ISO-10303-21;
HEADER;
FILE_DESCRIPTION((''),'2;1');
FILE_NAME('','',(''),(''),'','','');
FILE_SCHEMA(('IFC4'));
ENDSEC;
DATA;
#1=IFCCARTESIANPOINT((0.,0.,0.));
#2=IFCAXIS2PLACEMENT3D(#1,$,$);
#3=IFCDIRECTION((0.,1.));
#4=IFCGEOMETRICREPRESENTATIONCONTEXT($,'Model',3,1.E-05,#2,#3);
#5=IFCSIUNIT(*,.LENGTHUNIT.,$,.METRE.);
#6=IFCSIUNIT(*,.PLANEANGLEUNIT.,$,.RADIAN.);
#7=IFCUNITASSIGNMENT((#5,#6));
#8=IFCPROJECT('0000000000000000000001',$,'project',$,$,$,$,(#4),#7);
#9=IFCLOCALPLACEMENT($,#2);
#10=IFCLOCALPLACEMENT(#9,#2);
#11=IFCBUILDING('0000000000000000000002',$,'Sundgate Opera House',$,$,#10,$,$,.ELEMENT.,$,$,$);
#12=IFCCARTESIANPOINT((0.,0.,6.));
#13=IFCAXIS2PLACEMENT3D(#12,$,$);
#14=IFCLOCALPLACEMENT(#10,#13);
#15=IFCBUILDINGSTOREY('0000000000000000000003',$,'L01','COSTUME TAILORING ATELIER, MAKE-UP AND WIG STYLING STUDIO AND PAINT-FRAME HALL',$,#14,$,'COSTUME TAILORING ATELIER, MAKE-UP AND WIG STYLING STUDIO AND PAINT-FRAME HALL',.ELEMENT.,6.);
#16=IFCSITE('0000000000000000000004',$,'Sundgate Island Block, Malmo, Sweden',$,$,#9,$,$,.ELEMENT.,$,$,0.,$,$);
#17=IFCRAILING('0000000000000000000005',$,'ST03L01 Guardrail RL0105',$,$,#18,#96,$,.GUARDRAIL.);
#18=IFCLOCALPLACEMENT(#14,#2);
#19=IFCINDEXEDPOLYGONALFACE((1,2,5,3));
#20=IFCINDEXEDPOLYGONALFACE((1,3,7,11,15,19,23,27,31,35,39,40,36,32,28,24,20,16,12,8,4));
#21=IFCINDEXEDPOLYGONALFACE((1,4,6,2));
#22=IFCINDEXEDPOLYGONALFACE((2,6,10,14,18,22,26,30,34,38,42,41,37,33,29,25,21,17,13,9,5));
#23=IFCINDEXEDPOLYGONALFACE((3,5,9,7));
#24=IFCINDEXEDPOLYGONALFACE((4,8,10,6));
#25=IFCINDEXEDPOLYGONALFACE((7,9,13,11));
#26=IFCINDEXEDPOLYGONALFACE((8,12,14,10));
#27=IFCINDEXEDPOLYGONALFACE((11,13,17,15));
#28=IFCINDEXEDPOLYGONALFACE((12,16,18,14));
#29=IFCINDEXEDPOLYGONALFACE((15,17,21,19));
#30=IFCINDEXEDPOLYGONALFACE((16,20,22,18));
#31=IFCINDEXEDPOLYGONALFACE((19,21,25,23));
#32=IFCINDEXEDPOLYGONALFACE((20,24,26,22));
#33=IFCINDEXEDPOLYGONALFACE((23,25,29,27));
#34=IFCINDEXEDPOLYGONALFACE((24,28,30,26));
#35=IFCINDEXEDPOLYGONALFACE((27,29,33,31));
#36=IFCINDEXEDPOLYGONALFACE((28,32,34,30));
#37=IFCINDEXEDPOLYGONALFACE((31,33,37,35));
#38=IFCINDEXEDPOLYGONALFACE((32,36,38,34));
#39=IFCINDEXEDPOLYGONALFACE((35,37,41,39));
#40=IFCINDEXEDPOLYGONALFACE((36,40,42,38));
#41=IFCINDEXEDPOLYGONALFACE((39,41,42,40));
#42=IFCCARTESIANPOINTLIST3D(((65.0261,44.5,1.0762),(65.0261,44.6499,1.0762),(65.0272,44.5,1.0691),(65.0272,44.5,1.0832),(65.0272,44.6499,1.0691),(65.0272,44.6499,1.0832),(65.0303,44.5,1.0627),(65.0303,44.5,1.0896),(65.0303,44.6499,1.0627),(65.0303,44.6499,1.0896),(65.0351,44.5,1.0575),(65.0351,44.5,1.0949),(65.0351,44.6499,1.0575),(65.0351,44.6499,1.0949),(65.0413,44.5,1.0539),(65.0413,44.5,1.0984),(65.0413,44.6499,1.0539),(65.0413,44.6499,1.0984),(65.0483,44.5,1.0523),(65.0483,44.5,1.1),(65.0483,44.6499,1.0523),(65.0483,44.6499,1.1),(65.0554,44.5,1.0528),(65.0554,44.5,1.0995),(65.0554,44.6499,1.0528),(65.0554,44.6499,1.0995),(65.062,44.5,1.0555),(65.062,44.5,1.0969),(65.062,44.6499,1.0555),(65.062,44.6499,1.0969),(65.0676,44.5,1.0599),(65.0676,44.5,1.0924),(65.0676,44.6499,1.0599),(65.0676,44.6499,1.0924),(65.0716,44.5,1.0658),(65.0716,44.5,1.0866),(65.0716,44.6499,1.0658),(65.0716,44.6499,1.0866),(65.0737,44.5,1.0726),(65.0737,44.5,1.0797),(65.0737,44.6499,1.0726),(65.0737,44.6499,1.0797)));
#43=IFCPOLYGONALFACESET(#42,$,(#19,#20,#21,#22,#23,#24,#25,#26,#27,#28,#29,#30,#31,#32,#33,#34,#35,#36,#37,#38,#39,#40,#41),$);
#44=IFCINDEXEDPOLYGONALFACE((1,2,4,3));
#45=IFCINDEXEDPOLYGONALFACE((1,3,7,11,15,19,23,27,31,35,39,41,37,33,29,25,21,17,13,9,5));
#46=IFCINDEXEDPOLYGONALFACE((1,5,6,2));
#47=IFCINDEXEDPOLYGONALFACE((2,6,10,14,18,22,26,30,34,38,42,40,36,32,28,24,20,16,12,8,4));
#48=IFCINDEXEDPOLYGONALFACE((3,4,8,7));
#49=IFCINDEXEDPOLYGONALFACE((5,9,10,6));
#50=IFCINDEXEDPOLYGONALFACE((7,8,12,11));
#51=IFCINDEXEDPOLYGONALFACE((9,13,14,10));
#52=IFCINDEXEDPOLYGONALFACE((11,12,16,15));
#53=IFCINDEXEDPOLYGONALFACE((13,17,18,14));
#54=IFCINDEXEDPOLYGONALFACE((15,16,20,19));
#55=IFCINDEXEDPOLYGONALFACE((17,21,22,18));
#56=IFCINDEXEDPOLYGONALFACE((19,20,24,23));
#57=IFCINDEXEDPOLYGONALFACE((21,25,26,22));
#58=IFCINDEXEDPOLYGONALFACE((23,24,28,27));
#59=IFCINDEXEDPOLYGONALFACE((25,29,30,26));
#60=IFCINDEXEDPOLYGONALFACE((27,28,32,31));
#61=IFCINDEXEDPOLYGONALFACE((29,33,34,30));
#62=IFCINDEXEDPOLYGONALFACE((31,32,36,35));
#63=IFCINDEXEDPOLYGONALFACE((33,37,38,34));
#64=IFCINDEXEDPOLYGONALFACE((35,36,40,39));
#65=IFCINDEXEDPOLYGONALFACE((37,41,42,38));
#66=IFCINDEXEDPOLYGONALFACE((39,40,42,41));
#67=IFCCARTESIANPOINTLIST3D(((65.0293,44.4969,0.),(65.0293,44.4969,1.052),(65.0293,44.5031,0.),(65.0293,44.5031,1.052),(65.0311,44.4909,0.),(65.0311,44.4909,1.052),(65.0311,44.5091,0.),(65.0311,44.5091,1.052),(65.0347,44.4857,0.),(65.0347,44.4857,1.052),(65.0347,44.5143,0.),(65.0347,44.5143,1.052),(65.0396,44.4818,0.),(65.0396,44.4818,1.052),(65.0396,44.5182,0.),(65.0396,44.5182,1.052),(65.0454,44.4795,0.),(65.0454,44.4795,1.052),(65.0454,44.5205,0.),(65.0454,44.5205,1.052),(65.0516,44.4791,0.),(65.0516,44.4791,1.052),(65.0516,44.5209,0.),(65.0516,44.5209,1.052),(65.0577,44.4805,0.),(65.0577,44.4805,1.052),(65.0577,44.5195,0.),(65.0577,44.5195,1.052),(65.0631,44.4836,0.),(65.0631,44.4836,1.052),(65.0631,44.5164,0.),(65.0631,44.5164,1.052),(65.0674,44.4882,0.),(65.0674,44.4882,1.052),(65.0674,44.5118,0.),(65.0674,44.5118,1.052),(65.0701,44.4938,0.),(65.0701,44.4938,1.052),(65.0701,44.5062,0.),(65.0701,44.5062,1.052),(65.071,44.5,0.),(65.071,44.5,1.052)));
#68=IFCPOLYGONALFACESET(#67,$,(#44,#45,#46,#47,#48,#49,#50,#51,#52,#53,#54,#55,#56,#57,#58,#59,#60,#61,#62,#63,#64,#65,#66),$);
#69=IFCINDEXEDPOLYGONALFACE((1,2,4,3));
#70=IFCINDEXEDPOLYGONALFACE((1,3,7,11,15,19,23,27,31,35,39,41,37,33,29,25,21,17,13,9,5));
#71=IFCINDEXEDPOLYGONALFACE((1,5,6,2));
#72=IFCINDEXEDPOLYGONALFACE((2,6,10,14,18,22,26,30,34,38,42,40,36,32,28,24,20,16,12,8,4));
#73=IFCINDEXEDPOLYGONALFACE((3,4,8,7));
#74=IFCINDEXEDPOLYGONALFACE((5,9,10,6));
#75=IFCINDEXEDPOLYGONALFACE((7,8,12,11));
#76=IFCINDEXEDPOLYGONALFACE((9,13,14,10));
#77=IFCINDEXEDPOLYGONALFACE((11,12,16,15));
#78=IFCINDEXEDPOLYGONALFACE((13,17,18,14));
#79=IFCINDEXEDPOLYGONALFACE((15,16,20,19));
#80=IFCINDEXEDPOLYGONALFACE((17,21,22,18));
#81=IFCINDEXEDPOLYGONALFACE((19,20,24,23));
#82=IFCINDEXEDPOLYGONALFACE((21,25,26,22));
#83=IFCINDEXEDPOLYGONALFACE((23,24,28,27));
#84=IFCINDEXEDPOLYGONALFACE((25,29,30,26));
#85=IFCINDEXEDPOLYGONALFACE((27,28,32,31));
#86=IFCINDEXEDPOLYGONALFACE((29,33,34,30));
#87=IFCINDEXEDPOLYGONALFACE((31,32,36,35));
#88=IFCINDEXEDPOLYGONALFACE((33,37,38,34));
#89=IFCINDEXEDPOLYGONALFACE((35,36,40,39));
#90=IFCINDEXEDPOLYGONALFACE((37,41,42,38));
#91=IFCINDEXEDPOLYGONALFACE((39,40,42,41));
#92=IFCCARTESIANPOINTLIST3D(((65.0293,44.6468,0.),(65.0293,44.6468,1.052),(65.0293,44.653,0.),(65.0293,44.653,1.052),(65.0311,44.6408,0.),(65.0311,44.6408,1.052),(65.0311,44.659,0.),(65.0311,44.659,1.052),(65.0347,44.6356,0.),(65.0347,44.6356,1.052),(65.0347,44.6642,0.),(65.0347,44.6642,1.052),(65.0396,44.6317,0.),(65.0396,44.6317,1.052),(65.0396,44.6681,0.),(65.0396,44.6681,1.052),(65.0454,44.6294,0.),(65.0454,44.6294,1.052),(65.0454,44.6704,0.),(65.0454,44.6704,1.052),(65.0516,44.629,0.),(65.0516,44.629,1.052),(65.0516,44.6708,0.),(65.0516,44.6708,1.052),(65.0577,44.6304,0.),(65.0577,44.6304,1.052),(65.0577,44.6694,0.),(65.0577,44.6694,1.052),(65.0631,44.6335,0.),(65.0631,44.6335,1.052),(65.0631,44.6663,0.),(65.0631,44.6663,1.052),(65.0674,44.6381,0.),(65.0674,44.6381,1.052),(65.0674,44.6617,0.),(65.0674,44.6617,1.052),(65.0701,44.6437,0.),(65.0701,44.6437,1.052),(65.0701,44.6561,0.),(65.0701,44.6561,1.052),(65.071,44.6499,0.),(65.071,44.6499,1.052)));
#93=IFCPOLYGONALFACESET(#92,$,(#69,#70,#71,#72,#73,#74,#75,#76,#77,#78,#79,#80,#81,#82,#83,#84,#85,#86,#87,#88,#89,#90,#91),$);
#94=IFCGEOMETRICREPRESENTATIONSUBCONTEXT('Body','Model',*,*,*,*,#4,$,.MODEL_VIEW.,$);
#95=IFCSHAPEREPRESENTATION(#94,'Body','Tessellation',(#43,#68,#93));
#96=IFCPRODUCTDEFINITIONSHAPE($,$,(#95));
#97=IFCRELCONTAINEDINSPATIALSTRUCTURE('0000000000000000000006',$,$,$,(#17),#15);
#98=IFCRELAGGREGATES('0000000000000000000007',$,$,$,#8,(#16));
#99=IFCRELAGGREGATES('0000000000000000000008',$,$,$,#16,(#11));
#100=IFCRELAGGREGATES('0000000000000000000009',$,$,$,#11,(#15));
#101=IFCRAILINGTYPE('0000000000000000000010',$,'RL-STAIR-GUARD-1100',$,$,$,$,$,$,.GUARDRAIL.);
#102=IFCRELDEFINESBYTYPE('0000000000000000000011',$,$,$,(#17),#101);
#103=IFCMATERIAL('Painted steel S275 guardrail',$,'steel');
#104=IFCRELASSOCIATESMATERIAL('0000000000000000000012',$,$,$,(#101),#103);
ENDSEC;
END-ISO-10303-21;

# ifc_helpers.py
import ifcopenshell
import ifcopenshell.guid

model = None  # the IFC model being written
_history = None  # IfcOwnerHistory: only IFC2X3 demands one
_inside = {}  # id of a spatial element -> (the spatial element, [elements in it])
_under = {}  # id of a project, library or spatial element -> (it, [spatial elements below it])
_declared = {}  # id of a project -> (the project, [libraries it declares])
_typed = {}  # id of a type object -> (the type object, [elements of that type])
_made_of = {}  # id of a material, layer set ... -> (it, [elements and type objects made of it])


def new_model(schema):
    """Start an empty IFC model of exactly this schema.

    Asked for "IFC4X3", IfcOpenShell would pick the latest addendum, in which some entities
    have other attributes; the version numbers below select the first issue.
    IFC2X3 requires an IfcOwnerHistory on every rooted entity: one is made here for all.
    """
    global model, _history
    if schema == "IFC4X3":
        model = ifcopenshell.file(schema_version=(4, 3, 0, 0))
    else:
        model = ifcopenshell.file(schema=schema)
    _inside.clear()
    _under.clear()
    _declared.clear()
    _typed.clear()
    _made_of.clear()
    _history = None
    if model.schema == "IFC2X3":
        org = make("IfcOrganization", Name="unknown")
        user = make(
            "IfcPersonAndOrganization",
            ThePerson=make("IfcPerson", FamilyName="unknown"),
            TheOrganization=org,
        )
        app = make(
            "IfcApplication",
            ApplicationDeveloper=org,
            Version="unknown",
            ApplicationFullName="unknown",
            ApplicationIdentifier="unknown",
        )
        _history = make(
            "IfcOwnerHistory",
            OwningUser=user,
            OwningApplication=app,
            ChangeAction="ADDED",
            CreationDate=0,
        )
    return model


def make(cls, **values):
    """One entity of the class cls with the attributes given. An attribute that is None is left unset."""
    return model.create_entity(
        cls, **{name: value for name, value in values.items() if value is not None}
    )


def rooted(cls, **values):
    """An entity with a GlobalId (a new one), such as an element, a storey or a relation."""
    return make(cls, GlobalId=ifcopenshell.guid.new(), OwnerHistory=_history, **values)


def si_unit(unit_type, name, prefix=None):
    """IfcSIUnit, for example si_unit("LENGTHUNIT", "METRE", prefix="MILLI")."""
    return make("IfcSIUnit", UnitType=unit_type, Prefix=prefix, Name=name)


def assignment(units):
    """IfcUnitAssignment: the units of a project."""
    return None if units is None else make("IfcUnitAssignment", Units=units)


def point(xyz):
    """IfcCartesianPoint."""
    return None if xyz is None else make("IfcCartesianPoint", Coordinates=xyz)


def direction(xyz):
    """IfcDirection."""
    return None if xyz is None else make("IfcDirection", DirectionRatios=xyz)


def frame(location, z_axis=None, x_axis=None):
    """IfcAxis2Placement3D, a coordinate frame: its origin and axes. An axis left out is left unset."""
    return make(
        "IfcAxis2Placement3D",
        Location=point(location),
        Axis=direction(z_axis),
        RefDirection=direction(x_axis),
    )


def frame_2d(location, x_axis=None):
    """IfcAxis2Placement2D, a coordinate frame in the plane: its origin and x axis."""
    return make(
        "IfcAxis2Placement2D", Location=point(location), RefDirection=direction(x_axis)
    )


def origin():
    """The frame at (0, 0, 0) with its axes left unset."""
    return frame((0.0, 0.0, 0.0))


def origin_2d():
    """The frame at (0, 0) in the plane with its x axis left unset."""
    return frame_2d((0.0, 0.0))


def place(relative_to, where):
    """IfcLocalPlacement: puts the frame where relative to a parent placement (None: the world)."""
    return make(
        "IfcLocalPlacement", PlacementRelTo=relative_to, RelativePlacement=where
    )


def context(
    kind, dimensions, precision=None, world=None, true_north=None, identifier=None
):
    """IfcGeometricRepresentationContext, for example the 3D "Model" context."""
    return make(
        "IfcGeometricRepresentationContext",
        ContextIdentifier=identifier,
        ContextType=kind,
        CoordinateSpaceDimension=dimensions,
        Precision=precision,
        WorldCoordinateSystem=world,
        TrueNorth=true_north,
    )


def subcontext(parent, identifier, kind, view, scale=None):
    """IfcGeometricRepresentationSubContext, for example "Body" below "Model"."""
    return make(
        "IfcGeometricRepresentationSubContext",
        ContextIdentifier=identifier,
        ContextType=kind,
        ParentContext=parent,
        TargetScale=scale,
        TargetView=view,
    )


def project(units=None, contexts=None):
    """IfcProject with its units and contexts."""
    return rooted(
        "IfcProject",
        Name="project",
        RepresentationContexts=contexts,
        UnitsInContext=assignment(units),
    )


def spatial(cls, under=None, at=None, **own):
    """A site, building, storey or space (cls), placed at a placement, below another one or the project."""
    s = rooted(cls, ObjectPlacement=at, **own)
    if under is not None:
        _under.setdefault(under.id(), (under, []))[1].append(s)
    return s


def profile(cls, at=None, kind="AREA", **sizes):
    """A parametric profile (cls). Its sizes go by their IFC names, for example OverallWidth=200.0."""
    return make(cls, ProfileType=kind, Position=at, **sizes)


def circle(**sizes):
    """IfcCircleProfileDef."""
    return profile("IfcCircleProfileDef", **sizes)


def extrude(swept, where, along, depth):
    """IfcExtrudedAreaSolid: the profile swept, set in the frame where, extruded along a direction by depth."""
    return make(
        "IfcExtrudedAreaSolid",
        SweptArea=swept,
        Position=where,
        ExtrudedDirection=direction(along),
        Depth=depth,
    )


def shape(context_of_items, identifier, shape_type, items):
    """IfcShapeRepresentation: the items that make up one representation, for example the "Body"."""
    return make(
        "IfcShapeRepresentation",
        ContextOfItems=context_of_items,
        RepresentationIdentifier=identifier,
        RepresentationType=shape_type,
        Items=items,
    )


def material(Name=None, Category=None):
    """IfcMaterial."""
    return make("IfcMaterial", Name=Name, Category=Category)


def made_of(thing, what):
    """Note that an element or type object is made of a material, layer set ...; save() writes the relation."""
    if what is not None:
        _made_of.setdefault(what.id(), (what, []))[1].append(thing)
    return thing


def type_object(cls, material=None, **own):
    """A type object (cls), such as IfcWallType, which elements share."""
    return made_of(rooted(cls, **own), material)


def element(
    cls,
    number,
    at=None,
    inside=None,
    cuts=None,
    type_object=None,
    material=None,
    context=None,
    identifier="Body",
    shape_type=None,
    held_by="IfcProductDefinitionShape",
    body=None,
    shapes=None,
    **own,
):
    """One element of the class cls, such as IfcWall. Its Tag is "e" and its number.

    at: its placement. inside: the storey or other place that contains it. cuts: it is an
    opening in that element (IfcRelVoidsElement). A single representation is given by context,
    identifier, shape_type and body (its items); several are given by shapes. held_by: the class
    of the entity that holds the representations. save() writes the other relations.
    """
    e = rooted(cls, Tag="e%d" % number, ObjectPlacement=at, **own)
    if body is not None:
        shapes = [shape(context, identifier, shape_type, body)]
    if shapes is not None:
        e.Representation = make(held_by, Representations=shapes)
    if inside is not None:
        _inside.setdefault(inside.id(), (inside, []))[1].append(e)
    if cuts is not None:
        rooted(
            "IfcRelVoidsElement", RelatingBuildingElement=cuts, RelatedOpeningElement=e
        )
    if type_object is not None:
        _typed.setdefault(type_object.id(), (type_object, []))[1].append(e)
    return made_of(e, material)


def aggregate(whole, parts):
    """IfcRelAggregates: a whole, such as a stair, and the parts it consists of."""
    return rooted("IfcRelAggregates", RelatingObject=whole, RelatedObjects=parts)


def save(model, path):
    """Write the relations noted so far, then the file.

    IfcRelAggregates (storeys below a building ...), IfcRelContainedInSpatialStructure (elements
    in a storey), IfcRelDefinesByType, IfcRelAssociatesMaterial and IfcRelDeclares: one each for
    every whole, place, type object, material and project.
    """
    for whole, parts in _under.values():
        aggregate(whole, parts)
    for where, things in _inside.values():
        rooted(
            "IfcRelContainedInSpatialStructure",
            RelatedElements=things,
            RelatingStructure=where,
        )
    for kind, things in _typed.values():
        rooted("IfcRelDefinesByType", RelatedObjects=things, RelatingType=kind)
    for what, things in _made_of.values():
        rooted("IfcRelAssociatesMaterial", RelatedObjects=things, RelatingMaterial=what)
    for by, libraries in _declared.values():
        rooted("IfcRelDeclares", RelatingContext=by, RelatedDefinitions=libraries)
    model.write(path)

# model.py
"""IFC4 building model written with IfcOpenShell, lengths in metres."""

from ifc_helpers import new_model, si_unit, direction, frame, origin, origin_2d, place, context, subcontext, project, spatial, circle, extrude, material, type_object, element, save


model = new_model("IFC4")

# Units and contexts
model_context = context("Model", 3, precision=1e-05, world=origin(), true_north=direction((0.0, 1.0)))
body_context = subcontext(model_context, "Body", "Model", "MODEL_VIEW")
ifc_project = project(units=[si_unit("LENGTHUNIT", "METRE"), si_unit("PLANEANGLEUNIT", "RADIAN")], contexts=[model_context])

# Site, building, storey
site_placement = place(None, origin())
site = spatial("IfcSite", under=ifc_project, at=site_placement, Name="Sundgate Island Block, Malmo, Sweden", CompositionType="ELEMENT", RefElevation=0.0)
building_placement = place(site_placement, origin())
building = spatial("IfcBuilding", under=site, at=building_placement, Name="Sundgate Opera House", CompositionType="ELEMENT")
storey_placement = place(building_placement, frame((0.0, 0.0, 6.0)))
storey = spatial("IfcBuildingStorey", under=building, at=storey_placement, Name="L01", Description="COSTUME TAILORING ATELIER, MAKE-UP AND WIG STYLING STUDIO AND PAINT-FRAME HALL", LongName="COSTUME TAILORING ATELIER, MAKE-UP AND WIG STYLING STUDIO AND PAINT-FRAME HALL", CompositionType="ELEMENT", Elevation=6.0)

# Railing
ifc_material_1 = material(Name="Painted steel S275 guardrail", Category="steel")
railing_type_1 = type_object("IfcRailingType", Name="RL-STAIR-GUARD-1100", PredefinedType="GUARDRAIL", material=ifc_material_1)
railing_1_placement = place(storey_placement, frame((65.05, 44.5, 0.0)))
element("IfcRailing", 1, at=railing_1_placement, inside=storey, type_object=railing_type_1, Name="ST03L01 Guardrail RL0105", PredefinedType="GUARDRAIL", context=body_context, shape_type="SweptSolid", body=[
    extrude(circle(Radius=0.0239, at=origin_2d()), frame((0.0, 0.0, 1.0762), z_axis=(0.0, 1.0, 0.0), x_axis=(-1.0, 0.0, 0.0)), (0.0, 0.0, 1.0), 0.1499),
    extrude(circle(Radius=0.021, at=origin_2d()), origin(), (0.0, 0.0, 1.0), 1.052),
    extrude(circle(Radius=0.021, at=origin_2d()), frame((0.0, 0.1499, 0.0)), (0.0, 0.0, 1.0), 1.052),
])

save(model, "model.ifc")
